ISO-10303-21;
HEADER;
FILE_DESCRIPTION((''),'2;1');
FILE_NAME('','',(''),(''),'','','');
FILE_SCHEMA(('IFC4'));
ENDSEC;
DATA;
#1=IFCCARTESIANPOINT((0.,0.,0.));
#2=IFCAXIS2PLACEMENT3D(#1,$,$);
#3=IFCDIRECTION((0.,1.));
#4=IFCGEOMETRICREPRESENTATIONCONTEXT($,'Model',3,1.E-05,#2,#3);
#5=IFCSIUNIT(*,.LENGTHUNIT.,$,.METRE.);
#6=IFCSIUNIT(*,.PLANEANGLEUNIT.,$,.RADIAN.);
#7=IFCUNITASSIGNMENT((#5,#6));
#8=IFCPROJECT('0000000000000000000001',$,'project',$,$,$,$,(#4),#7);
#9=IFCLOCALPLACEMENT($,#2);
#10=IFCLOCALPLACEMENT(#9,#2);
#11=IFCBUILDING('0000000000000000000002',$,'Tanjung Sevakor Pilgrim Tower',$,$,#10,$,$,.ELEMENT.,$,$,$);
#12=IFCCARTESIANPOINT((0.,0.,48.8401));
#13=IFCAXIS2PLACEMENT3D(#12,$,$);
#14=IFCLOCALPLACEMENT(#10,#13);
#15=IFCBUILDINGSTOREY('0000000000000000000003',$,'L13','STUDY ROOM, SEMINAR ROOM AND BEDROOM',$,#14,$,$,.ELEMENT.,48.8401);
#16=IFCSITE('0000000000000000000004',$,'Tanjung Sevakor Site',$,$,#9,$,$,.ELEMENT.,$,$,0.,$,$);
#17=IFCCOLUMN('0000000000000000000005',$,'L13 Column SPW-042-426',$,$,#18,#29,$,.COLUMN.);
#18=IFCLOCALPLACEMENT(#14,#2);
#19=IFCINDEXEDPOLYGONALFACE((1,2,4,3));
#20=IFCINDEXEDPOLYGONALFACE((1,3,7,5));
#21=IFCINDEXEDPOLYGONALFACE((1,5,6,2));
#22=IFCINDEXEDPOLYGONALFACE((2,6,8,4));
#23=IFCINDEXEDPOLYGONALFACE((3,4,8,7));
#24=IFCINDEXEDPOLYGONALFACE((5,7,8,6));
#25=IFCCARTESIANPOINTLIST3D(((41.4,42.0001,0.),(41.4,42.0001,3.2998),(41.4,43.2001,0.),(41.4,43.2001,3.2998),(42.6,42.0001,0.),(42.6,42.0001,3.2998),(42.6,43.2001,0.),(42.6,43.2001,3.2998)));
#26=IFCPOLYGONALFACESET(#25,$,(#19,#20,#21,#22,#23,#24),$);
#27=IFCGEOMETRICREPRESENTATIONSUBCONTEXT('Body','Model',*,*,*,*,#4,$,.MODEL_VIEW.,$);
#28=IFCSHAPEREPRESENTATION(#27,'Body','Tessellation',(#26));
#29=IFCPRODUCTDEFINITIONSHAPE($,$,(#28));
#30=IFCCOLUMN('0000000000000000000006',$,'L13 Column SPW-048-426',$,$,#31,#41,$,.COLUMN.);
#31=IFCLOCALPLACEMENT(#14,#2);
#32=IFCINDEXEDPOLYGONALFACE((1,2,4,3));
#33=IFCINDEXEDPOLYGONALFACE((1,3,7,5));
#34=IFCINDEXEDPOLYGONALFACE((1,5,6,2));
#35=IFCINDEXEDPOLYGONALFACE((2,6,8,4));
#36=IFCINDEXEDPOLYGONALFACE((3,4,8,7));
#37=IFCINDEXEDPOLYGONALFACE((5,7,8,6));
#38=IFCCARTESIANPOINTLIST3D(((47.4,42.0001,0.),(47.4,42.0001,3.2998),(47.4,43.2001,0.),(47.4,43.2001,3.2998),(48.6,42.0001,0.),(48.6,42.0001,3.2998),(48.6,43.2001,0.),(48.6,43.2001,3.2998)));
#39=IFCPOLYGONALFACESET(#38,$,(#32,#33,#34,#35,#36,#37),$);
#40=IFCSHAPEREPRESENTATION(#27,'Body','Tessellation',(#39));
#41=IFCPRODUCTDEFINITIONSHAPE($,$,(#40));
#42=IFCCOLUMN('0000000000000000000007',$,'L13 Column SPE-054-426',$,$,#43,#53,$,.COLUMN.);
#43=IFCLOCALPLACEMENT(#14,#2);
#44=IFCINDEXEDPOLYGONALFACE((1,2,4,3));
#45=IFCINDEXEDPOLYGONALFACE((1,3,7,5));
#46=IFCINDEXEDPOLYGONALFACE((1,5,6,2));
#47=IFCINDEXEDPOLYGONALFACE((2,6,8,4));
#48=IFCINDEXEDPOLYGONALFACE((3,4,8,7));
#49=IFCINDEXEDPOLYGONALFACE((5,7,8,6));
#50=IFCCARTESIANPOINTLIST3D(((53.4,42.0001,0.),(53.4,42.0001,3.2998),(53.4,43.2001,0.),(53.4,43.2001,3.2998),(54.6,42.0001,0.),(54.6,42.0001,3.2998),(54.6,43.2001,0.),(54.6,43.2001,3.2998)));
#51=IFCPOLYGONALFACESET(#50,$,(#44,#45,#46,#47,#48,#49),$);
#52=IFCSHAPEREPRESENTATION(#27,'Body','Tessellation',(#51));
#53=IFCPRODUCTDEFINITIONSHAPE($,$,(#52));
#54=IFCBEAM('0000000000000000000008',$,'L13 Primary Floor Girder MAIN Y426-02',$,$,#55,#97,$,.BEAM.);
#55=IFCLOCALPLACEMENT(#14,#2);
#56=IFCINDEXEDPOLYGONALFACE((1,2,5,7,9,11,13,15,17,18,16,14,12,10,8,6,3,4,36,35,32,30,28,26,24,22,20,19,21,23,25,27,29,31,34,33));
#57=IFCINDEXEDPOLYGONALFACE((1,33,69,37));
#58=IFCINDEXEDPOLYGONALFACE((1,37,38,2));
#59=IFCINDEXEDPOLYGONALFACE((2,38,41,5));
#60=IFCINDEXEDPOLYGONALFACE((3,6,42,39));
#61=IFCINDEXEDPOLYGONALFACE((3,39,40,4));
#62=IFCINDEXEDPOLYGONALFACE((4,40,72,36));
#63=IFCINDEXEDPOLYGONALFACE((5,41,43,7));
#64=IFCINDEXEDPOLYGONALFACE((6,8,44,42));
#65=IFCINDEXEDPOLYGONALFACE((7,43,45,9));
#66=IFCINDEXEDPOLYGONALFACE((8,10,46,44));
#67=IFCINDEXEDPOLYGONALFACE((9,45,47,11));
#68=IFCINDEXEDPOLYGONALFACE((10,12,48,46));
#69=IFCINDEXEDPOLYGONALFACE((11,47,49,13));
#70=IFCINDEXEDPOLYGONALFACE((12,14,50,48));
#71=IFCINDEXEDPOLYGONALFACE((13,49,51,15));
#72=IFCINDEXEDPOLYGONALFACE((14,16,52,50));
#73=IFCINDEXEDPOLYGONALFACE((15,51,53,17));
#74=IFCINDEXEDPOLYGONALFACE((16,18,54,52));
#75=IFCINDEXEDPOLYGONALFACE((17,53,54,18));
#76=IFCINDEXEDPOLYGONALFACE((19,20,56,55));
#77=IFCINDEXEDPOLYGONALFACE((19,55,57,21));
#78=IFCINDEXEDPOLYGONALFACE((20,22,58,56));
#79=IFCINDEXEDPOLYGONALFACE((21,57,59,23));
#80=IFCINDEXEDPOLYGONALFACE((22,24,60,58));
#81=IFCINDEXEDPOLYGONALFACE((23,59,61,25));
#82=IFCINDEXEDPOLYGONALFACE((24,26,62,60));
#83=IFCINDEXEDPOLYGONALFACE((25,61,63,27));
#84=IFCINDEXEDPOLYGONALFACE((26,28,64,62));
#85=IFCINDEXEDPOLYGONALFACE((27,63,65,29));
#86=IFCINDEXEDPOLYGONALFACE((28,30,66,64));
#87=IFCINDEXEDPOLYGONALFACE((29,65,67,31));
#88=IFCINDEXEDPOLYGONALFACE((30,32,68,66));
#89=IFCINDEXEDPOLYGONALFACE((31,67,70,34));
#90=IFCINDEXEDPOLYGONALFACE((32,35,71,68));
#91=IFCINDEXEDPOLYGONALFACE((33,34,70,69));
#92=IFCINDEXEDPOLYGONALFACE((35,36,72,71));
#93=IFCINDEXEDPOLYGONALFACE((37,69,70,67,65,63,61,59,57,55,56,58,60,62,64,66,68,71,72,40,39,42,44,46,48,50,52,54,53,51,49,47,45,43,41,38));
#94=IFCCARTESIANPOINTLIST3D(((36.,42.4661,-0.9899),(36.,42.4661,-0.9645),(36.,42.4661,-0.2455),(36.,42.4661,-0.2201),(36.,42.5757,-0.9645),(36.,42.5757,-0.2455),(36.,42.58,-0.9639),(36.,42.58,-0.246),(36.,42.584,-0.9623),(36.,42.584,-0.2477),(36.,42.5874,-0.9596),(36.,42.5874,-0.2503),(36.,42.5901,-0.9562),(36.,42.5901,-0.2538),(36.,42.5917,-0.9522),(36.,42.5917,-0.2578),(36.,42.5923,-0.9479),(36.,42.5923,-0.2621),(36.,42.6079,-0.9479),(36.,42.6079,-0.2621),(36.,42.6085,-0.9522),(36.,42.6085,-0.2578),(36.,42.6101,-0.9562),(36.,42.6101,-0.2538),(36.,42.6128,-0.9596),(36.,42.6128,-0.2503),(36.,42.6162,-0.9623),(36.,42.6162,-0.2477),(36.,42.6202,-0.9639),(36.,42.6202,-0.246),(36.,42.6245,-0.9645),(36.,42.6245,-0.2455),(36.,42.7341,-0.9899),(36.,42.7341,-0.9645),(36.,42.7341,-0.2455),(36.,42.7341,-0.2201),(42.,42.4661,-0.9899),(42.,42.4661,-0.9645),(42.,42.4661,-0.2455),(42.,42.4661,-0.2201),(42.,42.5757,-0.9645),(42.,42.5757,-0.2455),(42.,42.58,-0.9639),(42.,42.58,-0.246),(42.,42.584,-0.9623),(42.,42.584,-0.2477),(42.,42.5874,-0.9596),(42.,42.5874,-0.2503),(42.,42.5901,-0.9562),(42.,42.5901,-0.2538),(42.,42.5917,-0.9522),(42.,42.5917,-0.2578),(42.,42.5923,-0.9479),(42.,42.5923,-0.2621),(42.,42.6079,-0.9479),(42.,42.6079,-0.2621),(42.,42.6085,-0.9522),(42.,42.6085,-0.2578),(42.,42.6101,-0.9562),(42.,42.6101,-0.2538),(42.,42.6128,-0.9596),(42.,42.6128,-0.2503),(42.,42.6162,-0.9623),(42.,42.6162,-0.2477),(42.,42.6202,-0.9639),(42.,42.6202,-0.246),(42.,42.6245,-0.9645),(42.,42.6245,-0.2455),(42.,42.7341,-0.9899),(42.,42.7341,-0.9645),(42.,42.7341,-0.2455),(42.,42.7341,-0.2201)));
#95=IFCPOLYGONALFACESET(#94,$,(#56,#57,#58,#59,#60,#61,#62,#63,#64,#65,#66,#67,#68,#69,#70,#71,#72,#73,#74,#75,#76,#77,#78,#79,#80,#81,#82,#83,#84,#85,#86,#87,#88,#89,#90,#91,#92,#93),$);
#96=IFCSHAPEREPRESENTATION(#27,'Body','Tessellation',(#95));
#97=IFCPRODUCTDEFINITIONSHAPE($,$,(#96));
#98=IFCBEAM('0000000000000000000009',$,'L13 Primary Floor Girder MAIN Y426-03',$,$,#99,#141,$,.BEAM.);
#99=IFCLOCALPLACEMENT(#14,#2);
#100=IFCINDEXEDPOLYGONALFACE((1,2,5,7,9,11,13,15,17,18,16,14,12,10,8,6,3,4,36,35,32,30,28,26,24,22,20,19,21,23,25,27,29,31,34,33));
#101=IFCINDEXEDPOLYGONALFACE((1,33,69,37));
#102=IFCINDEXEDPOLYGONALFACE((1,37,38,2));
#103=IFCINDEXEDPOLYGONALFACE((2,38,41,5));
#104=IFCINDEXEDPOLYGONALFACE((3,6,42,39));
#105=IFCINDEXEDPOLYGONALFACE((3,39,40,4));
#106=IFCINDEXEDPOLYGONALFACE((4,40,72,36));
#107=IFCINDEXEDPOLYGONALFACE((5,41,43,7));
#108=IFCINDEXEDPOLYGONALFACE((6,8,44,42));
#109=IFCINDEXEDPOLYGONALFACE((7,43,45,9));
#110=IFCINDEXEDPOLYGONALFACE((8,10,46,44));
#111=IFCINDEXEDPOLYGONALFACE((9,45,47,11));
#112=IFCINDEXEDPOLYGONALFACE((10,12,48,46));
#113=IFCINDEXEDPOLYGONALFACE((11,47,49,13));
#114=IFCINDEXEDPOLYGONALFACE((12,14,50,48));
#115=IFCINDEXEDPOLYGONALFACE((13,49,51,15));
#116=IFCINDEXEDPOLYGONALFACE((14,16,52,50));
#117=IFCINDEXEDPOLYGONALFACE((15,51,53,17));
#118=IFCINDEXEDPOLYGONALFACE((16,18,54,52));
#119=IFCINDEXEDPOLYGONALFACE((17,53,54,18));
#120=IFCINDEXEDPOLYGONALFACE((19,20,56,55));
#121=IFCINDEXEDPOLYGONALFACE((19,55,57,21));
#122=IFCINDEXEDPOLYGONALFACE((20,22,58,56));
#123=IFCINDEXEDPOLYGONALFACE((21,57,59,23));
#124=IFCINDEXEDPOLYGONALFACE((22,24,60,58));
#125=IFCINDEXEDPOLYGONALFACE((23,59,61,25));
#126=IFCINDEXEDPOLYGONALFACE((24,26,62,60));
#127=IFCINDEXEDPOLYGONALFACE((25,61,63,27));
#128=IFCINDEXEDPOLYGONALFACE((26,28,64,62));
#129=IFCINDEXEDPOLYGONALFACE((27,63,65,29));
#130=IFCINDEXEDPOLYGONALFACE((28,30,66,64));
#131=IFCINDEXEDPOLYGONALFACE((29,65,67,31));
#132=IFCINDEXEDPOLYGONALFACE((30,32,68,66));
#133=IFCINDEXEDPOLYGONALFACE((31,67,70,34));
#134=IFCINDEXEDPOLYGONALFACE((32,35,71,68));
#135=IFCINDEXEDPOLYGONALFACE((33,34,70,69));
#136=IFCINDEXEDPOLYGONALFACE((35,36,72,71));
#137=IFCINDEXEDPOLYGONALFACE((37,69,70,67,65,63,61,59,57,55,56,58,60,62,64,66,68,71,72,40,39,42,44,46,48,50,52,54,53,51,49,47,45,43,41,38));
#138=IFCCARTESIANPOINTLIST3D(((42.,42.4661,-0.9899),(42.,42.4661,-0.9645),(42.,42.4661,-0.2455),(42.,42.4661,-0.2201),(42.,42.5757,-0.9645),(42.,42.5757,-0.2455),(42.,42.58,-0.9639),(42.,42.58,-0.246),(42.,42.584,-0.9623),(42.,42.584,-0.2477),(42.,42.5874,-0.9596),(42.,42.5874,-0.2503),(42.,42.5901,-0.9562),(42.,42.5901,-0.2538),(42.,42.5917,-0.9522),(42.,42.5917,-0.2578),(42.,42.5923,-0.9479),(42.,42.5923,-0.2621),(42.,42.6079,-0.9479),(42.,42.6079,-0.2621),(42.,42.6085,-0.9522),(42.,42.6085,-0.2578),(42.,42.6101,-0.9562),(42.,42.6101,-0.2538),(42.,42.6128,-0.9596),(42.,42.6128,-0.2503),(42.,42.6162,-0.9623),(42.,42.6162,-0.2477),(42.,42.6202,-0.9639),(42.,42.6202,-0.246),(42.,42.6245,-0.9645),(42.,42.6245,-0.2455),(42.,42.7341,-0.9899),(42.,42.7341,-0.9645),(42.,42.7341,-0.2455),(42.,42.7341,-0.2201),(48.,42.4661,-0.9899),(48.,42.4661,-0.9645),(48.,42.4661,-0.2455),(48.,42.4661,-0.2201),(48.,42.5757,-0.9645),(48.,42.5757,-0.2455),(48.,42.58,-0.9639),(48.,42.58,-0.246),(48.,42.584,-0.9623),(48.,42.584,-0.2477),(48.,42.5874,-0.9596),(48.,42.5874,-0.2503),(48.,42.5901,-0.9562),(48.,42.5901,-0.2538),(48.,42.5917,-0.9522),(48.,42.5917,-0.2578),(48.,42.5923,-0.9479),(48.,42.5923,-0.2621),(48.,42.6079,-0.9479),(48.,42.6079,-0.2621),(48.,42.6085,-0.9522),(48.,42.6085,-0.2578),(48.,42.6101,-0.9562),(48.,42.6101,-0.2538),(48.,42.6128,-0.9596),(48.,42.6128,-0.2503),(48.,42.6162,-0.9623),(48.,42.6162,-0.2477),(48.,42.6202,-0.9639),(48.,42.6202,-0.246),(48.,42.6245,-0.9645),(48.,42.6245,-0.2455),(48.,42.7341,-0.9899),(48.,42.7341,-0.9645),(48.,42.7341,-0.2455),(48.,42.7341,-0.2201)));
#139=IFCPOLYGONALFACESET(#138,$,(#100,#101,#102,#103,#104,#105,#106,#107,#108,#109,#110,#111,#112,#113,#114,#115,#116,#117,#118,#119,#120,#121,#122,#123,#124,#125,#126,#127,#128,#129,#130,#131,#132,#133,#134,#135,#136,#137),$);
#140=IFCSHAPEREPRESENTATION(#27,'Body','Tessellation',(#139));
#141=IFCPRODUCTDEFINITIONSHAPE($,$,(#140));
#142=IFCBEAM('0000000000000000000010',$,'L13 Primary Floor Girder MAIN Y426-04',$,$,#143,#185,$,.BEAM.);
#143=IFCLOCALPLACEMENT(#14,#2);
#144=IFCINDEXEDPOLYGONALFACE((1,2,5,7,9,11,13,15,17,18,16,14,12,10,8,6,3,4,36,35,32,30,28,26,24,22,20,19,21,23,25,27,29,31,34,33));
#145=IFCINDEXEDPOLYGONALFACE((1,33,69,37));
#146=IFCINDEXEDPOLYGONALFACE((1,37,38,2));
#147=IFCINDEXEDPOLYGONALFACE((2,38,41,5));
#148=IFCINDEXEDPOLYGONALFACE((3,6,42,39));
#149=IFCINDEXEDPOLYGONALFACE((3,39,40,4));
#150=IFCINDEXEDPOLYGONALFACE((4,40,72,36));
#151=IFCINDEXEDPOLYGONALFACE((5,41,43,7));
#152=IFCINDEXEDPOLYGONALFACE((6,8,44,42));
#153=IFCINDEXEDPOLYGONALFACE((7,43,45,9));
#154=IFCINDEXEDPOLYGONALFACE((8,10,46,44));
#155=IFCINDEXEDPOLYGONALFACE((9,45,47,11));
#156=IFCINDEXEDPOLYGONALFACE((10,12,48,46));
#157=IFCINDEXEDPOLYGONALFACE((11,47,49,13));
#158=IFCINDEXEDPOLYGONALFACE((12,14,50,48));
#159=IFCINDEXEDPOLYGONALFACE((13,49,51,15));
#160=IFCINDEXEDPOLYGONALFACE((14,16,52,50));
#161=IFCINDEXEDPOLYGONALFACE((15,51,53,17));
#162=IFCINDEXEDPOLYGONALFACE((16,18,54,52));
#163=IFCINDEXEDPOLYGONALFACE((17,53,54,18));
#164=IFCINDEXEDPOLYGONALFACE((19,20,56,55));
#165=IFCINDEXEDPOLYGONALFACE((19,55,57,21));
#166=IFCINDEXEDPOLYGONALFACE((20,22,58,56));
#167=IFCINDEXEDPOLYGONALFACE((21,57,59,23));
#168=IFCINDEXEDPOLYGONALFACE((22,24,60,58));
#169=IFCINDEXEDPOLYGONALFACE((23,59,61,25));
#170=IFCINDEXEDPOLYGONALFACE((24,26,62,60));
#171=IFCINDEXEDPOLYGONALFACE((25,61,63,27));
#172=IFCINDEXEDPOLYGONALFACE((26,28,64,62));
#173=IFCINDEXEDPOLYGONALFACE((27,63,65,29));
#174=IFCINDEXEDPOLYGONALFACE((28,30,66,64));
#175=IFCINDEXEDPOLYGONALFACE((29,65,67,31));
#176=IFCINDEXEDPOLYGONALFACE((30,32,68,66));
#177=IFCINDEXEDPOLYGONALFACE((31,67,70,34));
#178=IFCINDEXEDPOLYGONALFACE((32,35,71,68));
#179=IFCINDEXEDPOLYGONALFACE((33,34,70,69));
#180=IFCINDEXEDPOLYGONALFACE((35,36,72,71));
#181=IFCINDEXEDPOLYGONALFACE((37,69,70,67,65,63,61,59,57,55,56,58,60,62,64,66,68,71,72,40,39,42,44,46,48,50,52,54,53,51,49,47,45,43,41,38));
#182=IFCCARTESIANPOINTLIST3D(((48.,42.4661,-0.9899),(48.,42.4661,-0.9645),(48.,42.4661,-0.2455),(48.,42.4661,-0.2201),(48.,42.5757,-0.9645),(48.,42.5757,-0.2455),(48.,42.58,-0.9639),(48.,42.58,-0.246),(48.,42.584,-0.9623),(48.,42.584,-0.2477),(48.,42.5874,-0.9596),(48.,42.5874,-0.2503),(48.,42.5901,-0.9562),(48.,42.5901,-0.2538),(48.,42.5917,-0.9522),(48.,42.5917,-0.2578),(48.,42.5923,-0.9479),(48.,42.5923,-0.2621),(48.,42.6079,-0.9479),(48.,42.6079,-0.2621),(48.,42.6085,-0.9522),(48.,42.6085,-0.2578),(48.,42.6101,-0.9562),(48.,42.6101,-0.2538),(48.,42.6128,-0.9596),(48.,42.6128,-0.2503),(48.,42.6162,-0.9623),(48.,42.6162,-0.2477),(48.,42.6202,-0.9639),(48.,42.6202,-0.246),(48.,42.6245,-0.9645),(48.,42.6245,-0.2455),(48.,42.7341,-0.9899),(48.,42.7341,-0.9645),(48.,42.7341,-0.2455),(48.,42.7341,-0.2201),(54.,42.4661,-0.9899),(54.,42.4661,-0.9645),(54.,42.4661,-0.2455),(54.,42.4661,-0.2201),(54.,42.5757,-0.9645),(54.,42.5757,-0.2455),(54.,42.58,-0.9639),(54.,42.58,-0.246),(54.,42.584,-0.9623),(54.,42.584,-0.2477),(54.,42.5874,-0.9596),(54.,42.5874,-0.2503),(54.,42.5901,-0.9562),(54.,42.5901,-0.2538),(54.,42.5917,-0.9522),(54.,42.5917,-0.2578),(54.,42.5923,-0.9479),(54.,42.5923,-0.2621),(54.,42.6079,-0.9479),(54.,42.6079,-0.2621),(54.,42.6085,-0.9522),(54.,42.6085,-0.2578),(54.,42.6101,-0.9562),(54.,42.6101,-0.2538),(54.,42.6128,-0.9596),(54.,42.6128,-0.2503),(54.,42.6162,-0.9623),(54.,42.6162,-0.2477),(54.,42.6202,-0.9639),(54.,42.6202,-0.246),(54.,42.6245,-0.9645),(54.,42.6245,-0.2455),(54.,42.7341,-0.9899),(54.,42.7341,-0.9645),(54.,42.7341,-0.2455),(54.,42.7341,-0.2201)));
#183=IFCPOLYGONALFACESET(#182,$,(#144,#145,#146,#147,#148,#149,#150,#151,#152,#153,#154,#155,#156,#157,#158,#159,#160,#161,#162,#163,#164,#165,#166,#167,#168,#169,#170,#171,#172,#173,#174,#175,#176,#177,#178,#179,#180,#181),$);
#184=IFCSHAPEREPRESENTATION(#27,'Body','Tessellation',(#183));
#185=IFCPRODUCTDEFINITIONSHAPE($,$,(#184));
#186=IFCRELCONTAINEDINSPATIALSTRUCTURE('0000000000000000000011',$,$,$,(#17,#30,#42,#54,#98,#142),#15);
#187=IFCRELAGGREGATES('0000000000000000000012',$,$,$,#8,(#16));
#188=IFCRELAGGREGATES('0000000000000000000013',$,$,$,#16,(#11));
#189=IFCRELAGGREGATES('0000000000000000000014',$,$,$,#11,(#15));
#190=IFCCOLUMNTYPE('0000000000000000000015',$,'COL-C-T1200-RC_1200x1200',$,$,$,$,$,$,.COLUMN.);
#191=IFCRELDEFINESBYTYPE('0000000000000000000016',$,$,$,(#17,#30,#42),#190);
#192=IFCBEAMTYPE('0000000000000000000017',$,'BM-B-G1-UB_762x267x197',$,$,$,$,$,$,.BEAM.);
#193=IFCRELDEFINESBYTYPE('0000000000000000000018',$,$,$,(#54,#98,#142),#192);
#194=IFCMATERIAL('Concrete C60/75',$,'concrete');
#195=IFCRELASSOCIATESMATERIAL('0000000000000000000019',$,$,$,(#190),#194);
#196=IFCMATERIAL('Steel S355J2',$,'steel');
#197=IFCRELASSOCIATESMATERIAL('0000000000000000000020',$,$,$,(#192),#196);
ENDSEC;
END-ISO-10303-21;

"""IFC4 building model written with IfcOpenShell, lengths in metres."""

from ifc_helpers import new_model, si_unit, direction, frame, origin, origin_2d, place, context, subcontext, project, spatial, rectangle, i_section, extrude, material, material_profile, profile_set, type_object, element, save


model = new_model("IFC4")

# Units and contexts
model_context = context("Model", 3, precision=1e-05, world=origin(), true_north=direction((0.0, 1.0)))
body_context = subcontext(model_context, "Body", "Model", "MODEL_VIEW")
ifc_project = project(units=[si_unit("LENGTHUNIT", "METRE"), si_unit("PLANEANGLEUNIT", "RADIAN")], contexts=[model_context])

# Site, building, storey
site_placement = place(None, origin())
site = spatial("IfcSite", under=ifc_project, at=site_placement, Name="Tanjung Sevakor Site", CompositionType="ELEMENT", RefElevation=0.0)
building_placement = place(site_placement, origin())
building = spatial("IfcBuilding", under=site, at=building_placement, Name="Tanjung Sevakor Pilgrim Tower", CompositionType="ELEMENT")
storey_placement = place(building_placement, frame((0.0, 0.0, 48.8401)))
storey = spatial("IfcBuildingStorey", under=building, at=storey_placement, Name="L13", Description="STUDY ROOM, SEMINAR ROOM AND BEDROOM", CompositionType="ELEMENT", Elevation=48.8401)

# Columns
ifc_material_1 = material(Name="Concrete C60/75", Category="concrete")
ifc_material_profile_1 = material_profile(ifc_material_1, rectangle(XDim=1.2, YDim=1.2, at=origin_2d()))
ifc_profile_set_1 = profile_set([ifc_material_profile_1], Name="Concrete C60/75")
column_type = type_object("IfcColumnType", Name="COL-C-T1200-RC_1200x1200", PredefinedType="COLUMN", material=ifc_profile_set_1)
for number, where, z_axis, x_axis, name in (
    (1, (42.0, 42.6001, 0.0), (0.0, 0.0, 1.0), (1.0, 0.0, 0.0), "L13 Column SPW-042-426"),
    (2, (48.0, 42.6001, 0.0), (0.0, 0.0, 1.0), (1.0, 0.0, 0.0), "L13 Column SPW-048-426"),
    (3, (54.0, 42.6001, 0.0), (0.0, 0.0, 1.0), (1.0, 0.0, 0.0), "L13 Column SPE-054-426"),
):
    element("IfcColumn", number, at=place(storey_placement, frame(where, z_axis=z_axis, x_axis=x_axis)), inside=storey, type_object=column_type, Name=name, PredefinedType="COLUMN", context=body_context, shape_type="SweptSolid", body=[
        extrude(rectangle(XDim=1.2, YDim=1.2, at=origin_2d()), origin(), (0.0, 0.0, 1.0), 3.2998),
    ])

# Beams
ifc_material_2 = material(Name="Steel S355J2", Category="steel")
ifc_material_profile_2 = material_profile(ifc_material_2, i_section(OverallWidth=0.2681, OverallDepth=0.7698, WebThickness=0.0156, FlangeThickness=0.0254, FilletRadius=0.0166, at=origin_2d()))
ifc_profile_set_2 = profile_set([ifc_material_profile_2], Name="Steel S355J2")
beam_type_1 = type_object("IfcBeamType", Name="BM-B-G1-UB_762x267x197", PredefinedType="BEAM", material=ifc_profile_set_2)
for number, where, z_axis, x_axis, name in (
    (4, (36.0, 42.6001, -0.605), (1.0, 0.0, 0.0), (0.0, 1.0, 0.0), "L13 Primary Floor Girder MAIN Y426-02"),
    (5, (42.0, 42.6001, -0.605), (1.0, 0.0, 0.0), (0.0, 1.0, 0.0), "L13 Primary Floor Girder MAIN Y426-03"),
    (6, (48.0, 42.6001, -0.605), (1.0, 0.0, 0.0), (0.0, 1.0, 0.0), "L13 Primary Floor Girder MAIN Y426-04"),
):
    element("IfcBeam", number, at=place(storey_placement, frame(where, z_axis=z_axis, x_axis=x_axis)), inside=storey, type_object=beam_type_1, Name=name, PredefinedType="BEAM", context=body_context, shape_type="SweptSolid", body=[
        extrude(i_section(OverallWidth=0.2681, OverallDepth=0.7698, WebThickness=0.0156, FlangeThickness=0.0254, FilletRadius=0.0166, at=origin_2d()), origin(), (0.0, 0.0, 1.0), 6.0),
    ])

save(model, "model.ifc")
